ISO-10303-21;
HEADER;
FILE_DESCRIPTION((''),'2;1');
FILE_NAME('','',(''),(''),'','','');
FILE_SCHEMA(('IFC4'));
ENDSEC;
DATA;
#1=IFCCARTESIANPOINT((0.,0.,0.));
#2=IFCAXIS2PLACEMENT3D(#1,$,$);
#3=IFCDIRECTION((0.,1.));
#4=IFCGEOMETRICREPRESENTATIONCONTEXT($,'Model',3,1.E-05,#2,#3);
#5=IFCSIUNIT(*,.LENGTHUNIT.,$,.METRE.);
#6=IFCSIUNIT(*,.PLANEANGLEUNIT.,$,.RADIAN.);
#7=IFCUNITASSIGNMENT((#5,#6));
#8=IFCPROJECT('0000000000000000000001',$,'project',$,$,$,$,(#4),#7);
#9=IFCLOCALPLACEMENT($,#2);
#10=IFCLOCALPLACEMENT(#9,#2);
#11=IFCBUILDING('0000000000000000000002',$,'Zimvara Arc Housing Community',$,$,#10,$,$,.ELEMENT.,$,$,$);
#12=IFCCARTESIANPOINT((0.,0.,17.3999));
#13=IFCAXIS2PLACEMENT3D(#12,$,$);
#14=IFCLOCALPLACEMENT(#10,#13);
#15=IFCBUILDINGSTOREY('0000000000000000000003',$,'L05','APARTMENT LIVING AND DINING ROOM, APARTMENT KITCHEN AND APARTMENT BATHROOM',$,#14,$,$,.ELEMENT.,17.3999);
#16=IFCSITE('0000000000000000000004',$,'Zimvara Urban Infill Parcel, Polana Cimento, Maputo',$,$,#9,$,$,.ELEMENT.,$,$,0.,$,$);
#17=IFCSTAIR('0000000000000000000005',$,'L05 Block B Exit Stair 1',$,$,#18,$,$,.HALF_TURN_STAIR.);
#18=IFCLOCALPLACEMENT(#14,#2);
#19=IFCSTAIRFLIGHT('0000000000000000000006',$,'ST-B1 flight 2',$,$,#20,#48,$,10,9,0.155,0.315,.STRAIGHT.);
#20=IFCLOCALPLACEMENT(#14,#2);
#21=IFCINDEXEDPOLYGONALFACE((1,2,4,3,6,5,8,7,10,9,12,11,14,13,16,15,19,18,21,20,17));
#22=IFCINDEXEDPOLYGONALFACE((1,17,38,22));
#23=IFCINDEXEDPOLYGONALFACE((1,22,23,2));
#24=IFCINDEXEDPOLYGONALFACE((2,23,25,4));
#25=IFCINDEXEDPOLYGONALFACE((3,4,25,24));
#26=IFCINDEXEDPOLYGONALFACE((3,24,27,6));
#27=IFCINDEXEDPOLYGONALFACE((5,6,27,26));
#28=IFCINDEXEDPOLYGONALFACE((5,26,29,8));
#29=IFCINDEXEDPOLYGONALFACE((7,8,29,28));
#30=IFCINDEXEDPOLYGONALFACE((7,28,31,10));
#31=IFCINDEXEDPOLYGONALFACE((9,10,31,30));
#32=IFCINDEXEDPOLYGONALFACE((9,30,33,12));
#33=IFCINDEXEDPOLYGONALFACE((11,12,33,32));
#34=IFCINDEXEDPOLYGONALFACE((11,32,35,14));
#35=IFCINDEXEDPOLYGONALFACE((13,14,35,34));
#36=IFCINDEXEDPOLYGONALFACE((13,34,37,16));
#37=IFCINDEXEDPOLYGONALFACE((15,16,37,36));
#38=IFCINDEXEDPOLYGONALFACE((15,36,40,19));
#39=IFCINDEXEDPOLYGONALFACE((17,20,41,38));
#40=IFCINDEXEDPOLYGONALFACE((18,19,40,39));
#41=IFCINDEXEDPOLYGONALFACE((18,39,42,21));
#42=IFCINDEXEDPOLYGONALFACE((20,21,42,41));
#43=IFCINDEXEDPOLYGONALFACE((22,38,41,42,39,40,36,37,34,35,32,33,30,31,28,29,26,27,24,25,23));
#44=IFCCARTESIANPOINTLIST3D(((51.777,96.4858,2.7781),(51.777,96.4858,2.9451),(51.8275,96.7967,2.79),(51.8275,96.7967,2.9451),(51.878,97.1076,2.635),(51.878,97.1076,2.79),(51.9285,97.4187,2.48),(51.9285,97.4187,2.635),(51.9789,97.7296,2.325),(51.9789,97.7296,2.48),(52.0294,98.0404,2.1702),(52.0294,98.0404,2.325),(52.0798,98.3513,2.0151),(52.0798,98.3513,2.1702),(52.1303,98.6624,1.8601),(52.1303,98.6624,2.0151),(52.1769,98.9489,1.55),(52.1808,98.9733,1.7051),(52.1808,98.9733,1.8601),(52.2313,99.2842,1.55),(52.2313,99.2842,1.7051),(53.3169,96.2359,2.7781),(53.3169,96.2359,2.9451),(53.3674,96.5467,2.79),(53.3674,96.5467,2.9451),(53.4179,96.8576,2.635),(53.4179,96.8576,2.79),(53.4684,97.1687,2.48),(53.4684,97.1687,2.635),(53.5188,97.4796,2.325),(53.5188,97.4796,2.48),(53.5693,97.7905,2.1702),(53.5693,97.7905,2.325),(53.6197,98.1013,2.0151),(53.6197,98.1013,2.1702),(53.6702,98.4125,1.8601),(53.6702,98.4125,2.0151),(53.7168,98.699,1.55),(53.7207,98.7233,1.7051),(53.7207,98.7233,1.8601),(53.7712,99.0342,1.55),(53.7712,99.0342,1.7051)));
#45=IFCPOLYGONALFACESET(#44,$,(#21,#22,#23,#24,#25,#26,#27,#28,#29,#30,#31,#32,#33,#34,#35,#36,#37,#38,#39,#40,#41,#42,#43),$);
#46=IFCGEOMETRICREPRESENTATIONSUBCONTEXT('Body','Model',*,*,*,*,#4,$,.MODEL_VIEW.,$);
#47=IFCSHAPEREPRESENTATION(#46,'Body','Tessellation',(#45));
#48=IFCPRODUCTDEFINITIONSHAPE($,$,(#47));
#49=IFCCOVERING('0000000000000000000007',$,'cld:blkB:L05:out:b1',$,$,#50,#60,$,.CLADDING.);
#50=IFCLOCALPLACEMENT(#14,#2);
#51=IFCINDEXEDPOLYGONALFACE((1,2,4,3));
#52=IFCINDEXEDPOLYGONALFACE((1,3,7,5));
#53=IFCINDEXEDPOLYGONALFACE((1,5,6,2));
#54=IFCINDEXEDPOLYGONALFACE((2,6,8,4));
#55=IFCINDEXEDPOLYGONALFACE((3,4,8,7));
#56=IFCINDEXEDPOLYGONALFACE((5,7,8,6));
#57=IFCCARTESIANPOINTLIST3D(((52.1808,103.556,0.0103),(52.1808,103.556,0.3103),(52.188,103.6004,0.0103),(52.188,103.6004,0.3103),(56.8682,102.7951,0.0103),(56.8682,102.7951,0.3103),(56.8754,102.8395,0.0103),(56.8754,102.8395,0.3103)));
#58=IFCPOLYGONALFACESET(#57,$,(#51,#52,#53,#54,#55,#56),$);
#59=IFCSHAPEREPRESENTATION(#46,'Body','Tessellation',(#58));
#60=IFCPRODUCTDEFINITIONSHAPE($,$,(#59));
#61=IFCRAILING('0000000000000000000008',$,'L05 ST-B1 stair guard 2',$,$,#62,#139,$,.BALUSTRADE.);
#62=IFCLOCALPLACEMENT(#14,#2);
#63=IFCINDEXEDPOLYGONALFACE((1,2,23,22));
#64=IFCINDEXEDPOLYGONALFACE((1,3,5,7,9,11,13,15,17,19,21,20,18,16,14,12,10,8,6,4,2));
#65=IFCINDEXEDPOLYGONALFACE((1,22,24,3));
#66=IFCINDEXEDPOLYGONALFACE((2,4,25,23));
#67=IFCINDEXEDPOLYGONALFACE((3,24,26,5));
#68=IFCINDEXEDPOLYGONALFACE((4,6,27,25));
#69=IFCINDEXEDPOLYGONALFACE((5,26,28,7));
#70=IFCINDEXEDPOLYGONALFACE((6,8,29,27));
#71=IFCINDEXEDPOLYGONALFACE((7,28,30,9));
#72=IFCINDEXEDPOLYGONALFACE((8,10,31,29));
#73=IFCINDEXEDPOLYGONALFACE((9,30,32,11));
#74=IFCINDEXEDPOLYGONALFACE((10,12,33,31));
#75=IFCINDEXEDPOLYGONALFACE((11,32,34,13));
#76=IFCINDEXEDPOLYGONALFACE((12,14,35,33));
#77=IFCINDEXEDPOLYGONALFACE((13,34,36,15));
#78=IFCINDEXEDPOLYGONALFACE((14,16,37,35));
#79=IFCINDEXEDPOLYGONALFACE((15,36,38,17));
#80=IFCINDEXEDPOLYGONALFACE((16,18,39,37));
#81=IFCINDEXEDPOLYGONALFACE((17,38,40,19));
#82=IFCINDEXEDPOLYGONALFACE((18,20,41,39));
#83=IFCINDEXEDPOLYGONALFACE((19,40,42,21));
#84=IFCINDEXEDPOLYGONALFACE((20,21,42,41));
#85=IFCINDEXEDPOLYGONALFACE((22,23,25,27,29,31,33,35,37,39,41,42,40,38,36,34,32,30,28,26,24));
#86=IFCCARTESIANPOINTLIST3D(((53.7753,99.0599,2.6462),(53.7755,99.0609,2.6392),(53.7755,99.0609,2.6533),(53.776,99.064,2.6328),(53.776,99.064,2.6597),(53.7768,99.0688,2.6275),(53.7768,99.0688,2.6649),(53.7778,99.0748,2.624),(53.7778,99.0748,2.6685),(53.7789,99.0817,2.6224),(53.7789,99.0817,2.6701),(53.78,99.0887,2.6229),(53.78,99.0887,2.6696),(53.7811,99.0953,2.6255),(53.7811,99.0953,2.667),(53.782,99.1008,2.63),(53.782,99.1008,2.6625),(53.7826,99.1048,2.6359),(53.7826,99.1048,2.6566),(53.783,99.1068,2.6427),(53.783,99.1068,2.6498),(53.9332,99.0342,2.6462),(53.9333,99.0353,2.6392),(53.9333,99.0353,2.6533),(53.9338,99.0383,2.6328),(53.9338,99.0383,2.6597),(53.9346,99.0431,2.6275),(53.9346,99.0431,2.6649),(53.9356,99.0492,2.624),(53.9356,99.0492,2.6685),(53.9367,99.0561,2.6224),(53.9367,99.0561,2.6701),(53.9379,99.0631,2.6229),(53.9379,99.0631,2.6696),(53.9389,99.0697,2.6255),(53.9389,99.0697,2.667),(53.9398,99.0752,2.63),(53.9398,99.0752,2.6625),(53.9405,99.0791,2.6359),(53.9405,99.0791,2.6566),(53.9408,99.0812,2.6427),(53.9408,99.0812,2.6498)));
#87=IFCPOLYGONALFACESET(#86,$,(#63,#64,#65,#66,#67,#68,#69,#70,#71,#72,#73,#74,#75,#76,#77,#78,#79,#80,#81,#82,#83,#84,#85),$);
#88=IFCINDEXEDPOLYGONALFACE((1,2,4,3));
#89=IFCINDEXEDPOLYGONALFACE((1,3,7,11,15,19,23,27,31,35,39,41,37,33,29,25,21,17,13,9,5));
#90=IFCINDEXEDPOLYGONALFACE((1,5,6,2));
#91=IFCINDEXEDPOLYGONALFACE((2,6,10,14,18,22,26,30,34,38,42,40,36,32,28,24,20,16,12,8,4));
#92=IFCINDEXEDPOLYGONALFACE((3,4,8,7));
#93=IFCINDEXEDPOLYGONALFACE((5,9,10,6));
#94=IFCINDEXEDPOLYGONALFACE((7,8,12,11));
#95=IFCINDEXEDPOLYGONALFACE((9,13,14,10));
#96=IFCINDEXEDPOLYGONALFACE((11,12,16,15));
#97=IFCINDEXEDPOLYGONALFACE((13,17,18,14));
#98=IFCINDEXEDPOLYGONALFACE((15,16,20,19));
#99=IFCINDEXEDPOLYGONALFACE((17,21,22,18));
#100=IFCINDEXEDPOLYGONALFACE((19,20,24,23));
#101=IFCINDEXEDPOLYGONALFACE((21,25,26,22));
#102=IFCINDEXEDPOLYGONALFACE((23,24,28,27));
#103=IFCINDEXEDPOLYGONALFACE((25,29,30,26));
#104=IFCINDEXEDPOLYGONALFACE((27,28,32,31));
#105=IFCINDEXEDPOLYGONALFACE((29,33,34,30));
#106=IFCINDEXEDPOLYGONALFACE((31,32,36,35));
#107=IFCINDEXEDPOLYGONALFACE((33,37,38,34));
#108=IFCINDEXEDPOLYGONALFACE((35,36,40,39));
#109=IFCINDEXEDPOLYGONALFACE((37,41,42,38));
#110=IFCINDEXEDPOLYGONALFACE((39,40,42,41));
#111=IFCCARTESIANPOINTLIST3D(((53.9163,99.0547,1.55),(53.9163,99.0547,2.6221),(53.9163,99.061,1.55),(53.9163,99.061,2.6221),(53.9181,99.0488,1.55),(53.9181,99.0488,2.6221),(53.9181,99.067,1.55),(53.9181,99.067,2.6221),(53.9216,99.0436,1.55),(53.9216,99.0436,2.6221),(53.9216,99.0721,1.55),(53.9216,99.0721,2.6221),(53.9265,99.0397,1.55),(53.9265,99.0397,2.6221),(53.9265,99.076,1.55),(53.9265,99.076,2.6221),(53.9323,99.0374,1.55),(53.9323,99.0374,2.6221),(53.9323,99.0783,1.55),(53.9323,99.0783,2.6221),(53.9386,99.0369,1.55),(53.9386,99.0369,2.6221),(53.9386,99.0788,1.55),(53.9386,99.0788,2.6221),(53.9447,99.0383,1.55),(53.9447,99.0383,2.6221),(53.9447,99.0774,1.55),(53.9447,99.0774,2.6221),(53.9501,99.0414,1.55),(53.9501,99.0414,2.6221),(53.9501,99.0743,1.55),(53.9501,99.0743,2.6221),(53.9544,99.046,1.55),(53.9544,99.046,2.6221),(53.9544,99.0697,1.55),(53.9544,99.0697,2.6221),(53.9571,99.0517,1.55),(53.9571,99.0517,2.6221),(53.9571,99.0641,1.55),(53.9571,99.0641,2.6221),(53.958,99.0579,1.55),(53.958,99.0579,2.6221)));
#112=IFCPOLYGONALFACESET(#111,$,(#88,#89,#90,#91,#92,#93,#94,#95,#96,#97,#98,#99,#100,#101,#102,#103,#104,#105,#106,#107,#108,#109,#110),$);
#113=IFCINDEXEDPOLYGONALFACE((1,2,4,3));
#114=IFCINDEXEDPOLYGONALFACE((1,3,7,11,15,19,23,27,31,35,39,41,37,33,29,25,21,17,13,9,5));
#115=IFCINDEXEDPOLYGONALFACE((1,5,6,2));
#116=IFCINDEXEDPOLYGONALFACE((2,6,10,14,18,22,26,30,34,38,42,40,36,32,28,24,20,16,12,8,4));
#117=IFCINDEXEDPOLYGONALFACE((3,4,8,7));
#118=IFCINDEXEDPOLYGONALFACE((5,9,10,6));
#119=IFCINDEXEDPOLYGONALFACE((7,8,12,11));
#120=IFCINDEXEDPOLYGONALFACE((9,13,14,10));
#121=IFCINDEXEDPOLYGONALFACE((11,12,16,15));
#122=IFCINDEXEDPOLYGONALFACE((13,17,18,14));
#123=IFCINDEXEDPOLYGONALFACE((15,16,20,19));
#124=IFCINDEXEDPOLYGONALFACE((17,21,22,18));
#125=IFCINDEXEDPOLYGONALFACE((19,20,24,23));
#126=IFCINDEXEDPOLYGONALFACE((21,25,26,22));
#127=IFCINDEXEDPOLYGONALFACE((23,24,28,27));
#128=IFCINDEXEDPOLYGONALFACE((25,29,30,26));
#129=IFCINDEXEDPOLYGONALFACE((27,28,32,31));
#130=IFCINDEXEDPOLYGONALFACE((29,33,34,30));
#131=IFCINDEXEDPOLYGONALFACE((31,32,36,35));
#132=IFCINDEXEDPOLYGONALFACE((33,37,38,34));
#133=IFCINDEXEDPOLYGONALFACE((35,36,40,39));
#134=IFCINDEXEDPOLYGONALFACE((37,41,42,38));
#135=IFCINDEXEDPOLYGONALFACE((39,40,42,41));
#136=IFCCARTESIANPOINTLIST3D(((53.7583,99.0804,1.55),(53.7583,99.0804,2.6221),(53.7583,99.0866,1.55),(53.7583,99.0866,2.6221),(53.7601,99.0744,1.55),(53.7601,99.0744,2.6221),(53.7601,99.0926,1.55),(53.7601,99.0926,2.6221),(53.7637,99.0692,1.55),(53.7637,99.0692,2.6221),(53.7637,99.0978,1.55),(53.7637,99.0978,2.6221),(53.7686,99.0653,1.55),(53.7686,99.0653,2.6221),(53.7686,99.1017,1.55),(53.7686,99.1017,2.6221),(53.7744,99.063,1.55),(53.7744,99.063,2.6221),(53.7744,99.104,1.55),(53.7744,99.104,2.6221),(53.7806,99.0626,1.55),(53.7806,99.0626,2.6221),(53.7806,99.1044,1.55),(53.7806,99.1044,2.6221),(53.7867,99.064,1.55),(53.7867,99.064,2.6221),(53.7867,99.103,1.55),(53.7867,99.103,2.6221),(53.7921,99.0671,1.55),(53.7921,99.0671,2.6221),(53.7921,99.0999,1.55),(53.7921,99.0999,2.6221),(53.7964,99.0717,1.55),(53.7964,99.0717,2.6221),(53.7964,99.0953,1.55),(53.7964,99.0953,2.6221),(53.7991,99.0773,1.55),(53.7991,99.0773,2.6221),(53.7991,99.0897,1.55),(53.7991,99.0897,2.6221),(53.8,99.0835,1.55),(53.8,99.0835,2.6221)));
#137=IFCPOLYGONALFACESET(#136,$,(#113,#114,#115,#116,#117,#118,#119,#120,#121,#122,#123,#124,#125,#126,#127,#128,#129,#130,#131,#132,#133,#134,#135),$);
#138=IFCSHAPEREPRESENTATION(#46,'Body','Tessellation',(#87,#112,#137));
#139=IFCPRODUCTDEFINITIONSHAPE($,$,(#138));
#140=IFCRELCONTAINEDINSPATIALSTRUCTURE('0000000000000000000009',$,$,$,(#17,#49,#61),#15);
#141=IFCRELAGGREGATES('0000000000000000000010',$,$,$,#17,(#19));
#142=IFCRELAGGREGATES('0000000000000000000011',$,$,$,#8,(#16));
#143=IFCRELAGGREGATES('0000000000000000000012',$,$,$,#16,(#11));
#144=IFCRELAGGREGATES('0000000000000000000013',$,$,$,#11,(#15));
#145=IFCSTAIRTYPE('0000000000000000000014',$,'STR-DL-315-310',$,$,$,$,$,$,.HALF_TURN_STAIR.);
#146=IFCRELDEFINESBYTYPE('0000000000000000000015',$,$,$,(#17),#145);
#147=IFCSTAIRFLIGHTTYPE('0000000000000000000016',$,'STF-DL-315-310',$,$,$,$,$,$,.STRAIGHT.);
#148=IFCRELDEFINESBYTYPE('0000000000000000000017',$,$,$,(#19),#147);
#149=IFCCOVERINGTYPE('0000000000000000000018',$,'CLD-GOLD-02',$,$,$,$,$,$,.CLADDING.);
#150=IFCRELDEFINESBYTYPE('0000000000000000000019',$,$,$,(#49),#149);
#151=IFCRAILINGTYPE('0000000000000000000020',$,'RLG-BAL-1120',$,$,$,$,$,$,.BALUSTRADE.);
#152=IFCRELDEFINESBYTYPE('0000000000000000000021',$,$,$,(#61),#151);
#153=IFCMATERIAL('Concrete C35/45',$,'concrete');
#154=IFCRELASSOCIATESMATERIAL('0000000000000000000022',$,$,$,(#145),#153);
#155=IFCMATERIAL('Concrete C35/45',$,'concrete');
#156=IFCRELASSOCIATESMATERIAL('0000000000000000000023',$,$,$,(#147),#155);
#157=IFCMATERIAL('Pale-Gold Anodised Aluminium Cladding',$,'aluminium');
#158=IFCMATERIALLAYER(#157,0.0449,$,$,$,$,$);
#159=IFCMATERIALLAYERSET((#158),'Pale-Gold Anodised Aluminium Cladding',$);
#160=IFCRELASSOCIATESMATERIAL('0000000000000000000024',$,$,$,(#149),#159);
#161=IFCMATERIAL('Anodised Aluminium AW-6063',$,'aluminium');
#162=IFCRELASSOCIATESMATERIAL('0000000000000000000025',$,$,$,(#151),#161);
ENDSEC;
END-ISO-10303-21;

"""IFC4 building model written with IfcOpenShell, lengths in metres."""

from ifc_helpers import new_model, si_unit, direction, frame, origin, origin_2d, place, context, subcontext, project, spatial, polyline, rectangle, circle, outline, extrude, material, layer, layer_set, type_object, element, aggregate, save


model = new_model("IFC4")

# Units and contexts
model_context = context("Model", 3, precision=1e-05, world=origin(), true_north=direction((0.0, 1.0)))
body_context = subcontext(model_context, "Body", "Model", "MODEL_VIEW")
ifc_project = project(units=[si_unit("LENGTHUNIT", "METRE"), si_unit("PLANEANGLEUNIT", "RADIAN")], contexts=[model_context])

# Site, building, storey
site_placement = place(None, origin())
site = spatial("IfcSite", under=ifc_project, at=site_placement, Name="Zimvara Urban Infill Parcel, Polana Cimento, Maputo", CompositionType="ELEMENT", RefElevation=0.0)
building_placement = place(site_placement, origin())
building = spatial("IfcBuilding", under=site, at=building_placement, Name="Zimvara Arc Housing Community", CompositionType="ELEMENT")
storey_placement = place(building_placement, frame((0.0, 0.0, 17.3999)))
storey = spatial("IfcBuildingStorey", under=building, at=storey_placement, Name="L05", Description="APARTMENT LIVING AND DINING ROOM, APARTMENT KITCHEN AND APARTMENT BATHROOM", CompositionType="ELEMENT", Elevation=17.3999)

# Stair, stair flight
ifc_material_1 = material(Name="Concrete C35/45", Category="concrete")
stair_type = type_object("IfcStairType", Name="STR-DL-315-310", PredefinedType="HALF_TURN_STAIR", material=ifc_material_1)
stair_placement = place(storey_placement, origin())
stair = element("IfcStair", 1, at=stair_placement, inside=storey, type_object=stair_type, Name="L05 Block B Exit Stair 1", PredefinedType="HALF_TURN_STAIR")
ifc_material_2 = material(Name="Concrete C35/45", Category="concrete")
stair_flight_type = type_object("IfcStairFlightType", Name="STF-DL-315-310", PredefinedType="STRAIGHT", material=ifc_material_2)
stair_flight_placement = place(storey_placement, frame((53.0012, 99.1592, 1.55), z_axis=(0.0, 0.0, 1.0), x_axis=(-0.160226, -0.98708, 0.0)))
stair_flight = element("IfcStairFlight", 2, at=stair_flight_placement, type_object=stair_flight_type, Name="ST-B1 flight 2", NumberOfRisers=10, NumberOfTreads=9, PredefinedType="STRAIGHT", RiserHeight=0.155, TreadLength=0.315, context=body_context, shape_type="SweptSolid", body=[
    extrude(outline(polyline([(0.0, 0.0), (0.0, 0.155), (0.3149, 0.155), (0.3149, 0.3101), (0.6299, 0.3101), (0.6299, 0.4651), (0.9451, 0.4651), (0.9451, 0.6201), (1.26, 0.6201), (1.26, 0.7749), (1.575, 0.7749), (1.575, 0.9299), (1.8899, 0.9299), (1.8899, 1.085), (2.2051, 1.085), (2.2051, 1.24), (2.52, 1.24), (2.52, 1.395), (2.835, 1.395), (2.835, 1.55), (2.835, 1.228), (0.3396, 0.0), (0.0, 0.0)])), frame((0.0, 0.78, 0.0), z_axis=(0.0, -1.0, 0.0), x_axis=(1.0, 0.0, 0.0)), (0.0, 0.0, 1.0), 1.5601),
])
aggregate(stair, [stair_flight])

# Covering
ifc_material_3 = material(Name="Pale-Gold Anodised Aluminium Cladding", Category="aluminium")
ifc_layer_1 = layer(ifc_material_3, 0.0449)
ifc_layer_set_1 = layer_set([ifc_layer_1], Name="Pale-Gold Anodised Aluminium Cladding")
covering_type = type_object("IfcCoveringType", Name="CLD-GOLD-02", PredefinedType="CLADDING", material=ifc_layer_set_1)
covering_placement = place(storey_placement, frame((54.5281, 103.1978, 0.0103), z_axis=(0.0, 0.0, 1.0), x_axis=(0.98708, -0.160226, 0.0)))
element("IfcCovering", 3, at=covering_placement, inside=storey, type_object=covering_type, Name="cld:blkB:L05:out:b1", PredefinedType="CLADDING", context=body_context, shape_type="SweptSolid", body=[
    extrude(rectangle(XDim=4.7488, YDim=0.0449, at=origin_2d()), origin(), (0.0, 0.0, 1.0), 0.3),
])

# Railing
ifc_material_4 = material(Name="Anodised Aluminium AW-6063", Category="aluminium")
railing_type_1 = type_object("IfcRailingType", Name="RLG-BAL-1120", PredefinedType="BALUSTRADE", material=ifc_material_4)
railing_1_placement = place(storey_placement, frame((53.937, 99.0579, 1.55)))
element("IfcRailing", 4, at=railing_1_placement, inside=storey, type_object=railing_type_1, Name="L05 ST-B1 stair guard 2", PredefinedType="BALUSTRADE", context=body_context, shape_type="SweptSolid", body=[
    extrude(circle(Radius=0.0239, at=origin_2d()), frame((0.0, 0.0, 1.0962), z_axis=(-0.987086, 0.160192, 0.0), x_axis=(-0.160192, -0.987086, 0.0)), (0.0, 0.0, 1.0), 0.1599),
    extrude(circle(Radius=0.021, at=origin_2d()), origin(), (0.0, 0.0, 1.0), 1.072),
    extrude(circle(Radius=0.021, at=origin_2d()), frame((-0.158, 0.0256, 0.0)), (0.0, 0.0, 1.0), 1.072),
])

save(model, "model.ifc")
